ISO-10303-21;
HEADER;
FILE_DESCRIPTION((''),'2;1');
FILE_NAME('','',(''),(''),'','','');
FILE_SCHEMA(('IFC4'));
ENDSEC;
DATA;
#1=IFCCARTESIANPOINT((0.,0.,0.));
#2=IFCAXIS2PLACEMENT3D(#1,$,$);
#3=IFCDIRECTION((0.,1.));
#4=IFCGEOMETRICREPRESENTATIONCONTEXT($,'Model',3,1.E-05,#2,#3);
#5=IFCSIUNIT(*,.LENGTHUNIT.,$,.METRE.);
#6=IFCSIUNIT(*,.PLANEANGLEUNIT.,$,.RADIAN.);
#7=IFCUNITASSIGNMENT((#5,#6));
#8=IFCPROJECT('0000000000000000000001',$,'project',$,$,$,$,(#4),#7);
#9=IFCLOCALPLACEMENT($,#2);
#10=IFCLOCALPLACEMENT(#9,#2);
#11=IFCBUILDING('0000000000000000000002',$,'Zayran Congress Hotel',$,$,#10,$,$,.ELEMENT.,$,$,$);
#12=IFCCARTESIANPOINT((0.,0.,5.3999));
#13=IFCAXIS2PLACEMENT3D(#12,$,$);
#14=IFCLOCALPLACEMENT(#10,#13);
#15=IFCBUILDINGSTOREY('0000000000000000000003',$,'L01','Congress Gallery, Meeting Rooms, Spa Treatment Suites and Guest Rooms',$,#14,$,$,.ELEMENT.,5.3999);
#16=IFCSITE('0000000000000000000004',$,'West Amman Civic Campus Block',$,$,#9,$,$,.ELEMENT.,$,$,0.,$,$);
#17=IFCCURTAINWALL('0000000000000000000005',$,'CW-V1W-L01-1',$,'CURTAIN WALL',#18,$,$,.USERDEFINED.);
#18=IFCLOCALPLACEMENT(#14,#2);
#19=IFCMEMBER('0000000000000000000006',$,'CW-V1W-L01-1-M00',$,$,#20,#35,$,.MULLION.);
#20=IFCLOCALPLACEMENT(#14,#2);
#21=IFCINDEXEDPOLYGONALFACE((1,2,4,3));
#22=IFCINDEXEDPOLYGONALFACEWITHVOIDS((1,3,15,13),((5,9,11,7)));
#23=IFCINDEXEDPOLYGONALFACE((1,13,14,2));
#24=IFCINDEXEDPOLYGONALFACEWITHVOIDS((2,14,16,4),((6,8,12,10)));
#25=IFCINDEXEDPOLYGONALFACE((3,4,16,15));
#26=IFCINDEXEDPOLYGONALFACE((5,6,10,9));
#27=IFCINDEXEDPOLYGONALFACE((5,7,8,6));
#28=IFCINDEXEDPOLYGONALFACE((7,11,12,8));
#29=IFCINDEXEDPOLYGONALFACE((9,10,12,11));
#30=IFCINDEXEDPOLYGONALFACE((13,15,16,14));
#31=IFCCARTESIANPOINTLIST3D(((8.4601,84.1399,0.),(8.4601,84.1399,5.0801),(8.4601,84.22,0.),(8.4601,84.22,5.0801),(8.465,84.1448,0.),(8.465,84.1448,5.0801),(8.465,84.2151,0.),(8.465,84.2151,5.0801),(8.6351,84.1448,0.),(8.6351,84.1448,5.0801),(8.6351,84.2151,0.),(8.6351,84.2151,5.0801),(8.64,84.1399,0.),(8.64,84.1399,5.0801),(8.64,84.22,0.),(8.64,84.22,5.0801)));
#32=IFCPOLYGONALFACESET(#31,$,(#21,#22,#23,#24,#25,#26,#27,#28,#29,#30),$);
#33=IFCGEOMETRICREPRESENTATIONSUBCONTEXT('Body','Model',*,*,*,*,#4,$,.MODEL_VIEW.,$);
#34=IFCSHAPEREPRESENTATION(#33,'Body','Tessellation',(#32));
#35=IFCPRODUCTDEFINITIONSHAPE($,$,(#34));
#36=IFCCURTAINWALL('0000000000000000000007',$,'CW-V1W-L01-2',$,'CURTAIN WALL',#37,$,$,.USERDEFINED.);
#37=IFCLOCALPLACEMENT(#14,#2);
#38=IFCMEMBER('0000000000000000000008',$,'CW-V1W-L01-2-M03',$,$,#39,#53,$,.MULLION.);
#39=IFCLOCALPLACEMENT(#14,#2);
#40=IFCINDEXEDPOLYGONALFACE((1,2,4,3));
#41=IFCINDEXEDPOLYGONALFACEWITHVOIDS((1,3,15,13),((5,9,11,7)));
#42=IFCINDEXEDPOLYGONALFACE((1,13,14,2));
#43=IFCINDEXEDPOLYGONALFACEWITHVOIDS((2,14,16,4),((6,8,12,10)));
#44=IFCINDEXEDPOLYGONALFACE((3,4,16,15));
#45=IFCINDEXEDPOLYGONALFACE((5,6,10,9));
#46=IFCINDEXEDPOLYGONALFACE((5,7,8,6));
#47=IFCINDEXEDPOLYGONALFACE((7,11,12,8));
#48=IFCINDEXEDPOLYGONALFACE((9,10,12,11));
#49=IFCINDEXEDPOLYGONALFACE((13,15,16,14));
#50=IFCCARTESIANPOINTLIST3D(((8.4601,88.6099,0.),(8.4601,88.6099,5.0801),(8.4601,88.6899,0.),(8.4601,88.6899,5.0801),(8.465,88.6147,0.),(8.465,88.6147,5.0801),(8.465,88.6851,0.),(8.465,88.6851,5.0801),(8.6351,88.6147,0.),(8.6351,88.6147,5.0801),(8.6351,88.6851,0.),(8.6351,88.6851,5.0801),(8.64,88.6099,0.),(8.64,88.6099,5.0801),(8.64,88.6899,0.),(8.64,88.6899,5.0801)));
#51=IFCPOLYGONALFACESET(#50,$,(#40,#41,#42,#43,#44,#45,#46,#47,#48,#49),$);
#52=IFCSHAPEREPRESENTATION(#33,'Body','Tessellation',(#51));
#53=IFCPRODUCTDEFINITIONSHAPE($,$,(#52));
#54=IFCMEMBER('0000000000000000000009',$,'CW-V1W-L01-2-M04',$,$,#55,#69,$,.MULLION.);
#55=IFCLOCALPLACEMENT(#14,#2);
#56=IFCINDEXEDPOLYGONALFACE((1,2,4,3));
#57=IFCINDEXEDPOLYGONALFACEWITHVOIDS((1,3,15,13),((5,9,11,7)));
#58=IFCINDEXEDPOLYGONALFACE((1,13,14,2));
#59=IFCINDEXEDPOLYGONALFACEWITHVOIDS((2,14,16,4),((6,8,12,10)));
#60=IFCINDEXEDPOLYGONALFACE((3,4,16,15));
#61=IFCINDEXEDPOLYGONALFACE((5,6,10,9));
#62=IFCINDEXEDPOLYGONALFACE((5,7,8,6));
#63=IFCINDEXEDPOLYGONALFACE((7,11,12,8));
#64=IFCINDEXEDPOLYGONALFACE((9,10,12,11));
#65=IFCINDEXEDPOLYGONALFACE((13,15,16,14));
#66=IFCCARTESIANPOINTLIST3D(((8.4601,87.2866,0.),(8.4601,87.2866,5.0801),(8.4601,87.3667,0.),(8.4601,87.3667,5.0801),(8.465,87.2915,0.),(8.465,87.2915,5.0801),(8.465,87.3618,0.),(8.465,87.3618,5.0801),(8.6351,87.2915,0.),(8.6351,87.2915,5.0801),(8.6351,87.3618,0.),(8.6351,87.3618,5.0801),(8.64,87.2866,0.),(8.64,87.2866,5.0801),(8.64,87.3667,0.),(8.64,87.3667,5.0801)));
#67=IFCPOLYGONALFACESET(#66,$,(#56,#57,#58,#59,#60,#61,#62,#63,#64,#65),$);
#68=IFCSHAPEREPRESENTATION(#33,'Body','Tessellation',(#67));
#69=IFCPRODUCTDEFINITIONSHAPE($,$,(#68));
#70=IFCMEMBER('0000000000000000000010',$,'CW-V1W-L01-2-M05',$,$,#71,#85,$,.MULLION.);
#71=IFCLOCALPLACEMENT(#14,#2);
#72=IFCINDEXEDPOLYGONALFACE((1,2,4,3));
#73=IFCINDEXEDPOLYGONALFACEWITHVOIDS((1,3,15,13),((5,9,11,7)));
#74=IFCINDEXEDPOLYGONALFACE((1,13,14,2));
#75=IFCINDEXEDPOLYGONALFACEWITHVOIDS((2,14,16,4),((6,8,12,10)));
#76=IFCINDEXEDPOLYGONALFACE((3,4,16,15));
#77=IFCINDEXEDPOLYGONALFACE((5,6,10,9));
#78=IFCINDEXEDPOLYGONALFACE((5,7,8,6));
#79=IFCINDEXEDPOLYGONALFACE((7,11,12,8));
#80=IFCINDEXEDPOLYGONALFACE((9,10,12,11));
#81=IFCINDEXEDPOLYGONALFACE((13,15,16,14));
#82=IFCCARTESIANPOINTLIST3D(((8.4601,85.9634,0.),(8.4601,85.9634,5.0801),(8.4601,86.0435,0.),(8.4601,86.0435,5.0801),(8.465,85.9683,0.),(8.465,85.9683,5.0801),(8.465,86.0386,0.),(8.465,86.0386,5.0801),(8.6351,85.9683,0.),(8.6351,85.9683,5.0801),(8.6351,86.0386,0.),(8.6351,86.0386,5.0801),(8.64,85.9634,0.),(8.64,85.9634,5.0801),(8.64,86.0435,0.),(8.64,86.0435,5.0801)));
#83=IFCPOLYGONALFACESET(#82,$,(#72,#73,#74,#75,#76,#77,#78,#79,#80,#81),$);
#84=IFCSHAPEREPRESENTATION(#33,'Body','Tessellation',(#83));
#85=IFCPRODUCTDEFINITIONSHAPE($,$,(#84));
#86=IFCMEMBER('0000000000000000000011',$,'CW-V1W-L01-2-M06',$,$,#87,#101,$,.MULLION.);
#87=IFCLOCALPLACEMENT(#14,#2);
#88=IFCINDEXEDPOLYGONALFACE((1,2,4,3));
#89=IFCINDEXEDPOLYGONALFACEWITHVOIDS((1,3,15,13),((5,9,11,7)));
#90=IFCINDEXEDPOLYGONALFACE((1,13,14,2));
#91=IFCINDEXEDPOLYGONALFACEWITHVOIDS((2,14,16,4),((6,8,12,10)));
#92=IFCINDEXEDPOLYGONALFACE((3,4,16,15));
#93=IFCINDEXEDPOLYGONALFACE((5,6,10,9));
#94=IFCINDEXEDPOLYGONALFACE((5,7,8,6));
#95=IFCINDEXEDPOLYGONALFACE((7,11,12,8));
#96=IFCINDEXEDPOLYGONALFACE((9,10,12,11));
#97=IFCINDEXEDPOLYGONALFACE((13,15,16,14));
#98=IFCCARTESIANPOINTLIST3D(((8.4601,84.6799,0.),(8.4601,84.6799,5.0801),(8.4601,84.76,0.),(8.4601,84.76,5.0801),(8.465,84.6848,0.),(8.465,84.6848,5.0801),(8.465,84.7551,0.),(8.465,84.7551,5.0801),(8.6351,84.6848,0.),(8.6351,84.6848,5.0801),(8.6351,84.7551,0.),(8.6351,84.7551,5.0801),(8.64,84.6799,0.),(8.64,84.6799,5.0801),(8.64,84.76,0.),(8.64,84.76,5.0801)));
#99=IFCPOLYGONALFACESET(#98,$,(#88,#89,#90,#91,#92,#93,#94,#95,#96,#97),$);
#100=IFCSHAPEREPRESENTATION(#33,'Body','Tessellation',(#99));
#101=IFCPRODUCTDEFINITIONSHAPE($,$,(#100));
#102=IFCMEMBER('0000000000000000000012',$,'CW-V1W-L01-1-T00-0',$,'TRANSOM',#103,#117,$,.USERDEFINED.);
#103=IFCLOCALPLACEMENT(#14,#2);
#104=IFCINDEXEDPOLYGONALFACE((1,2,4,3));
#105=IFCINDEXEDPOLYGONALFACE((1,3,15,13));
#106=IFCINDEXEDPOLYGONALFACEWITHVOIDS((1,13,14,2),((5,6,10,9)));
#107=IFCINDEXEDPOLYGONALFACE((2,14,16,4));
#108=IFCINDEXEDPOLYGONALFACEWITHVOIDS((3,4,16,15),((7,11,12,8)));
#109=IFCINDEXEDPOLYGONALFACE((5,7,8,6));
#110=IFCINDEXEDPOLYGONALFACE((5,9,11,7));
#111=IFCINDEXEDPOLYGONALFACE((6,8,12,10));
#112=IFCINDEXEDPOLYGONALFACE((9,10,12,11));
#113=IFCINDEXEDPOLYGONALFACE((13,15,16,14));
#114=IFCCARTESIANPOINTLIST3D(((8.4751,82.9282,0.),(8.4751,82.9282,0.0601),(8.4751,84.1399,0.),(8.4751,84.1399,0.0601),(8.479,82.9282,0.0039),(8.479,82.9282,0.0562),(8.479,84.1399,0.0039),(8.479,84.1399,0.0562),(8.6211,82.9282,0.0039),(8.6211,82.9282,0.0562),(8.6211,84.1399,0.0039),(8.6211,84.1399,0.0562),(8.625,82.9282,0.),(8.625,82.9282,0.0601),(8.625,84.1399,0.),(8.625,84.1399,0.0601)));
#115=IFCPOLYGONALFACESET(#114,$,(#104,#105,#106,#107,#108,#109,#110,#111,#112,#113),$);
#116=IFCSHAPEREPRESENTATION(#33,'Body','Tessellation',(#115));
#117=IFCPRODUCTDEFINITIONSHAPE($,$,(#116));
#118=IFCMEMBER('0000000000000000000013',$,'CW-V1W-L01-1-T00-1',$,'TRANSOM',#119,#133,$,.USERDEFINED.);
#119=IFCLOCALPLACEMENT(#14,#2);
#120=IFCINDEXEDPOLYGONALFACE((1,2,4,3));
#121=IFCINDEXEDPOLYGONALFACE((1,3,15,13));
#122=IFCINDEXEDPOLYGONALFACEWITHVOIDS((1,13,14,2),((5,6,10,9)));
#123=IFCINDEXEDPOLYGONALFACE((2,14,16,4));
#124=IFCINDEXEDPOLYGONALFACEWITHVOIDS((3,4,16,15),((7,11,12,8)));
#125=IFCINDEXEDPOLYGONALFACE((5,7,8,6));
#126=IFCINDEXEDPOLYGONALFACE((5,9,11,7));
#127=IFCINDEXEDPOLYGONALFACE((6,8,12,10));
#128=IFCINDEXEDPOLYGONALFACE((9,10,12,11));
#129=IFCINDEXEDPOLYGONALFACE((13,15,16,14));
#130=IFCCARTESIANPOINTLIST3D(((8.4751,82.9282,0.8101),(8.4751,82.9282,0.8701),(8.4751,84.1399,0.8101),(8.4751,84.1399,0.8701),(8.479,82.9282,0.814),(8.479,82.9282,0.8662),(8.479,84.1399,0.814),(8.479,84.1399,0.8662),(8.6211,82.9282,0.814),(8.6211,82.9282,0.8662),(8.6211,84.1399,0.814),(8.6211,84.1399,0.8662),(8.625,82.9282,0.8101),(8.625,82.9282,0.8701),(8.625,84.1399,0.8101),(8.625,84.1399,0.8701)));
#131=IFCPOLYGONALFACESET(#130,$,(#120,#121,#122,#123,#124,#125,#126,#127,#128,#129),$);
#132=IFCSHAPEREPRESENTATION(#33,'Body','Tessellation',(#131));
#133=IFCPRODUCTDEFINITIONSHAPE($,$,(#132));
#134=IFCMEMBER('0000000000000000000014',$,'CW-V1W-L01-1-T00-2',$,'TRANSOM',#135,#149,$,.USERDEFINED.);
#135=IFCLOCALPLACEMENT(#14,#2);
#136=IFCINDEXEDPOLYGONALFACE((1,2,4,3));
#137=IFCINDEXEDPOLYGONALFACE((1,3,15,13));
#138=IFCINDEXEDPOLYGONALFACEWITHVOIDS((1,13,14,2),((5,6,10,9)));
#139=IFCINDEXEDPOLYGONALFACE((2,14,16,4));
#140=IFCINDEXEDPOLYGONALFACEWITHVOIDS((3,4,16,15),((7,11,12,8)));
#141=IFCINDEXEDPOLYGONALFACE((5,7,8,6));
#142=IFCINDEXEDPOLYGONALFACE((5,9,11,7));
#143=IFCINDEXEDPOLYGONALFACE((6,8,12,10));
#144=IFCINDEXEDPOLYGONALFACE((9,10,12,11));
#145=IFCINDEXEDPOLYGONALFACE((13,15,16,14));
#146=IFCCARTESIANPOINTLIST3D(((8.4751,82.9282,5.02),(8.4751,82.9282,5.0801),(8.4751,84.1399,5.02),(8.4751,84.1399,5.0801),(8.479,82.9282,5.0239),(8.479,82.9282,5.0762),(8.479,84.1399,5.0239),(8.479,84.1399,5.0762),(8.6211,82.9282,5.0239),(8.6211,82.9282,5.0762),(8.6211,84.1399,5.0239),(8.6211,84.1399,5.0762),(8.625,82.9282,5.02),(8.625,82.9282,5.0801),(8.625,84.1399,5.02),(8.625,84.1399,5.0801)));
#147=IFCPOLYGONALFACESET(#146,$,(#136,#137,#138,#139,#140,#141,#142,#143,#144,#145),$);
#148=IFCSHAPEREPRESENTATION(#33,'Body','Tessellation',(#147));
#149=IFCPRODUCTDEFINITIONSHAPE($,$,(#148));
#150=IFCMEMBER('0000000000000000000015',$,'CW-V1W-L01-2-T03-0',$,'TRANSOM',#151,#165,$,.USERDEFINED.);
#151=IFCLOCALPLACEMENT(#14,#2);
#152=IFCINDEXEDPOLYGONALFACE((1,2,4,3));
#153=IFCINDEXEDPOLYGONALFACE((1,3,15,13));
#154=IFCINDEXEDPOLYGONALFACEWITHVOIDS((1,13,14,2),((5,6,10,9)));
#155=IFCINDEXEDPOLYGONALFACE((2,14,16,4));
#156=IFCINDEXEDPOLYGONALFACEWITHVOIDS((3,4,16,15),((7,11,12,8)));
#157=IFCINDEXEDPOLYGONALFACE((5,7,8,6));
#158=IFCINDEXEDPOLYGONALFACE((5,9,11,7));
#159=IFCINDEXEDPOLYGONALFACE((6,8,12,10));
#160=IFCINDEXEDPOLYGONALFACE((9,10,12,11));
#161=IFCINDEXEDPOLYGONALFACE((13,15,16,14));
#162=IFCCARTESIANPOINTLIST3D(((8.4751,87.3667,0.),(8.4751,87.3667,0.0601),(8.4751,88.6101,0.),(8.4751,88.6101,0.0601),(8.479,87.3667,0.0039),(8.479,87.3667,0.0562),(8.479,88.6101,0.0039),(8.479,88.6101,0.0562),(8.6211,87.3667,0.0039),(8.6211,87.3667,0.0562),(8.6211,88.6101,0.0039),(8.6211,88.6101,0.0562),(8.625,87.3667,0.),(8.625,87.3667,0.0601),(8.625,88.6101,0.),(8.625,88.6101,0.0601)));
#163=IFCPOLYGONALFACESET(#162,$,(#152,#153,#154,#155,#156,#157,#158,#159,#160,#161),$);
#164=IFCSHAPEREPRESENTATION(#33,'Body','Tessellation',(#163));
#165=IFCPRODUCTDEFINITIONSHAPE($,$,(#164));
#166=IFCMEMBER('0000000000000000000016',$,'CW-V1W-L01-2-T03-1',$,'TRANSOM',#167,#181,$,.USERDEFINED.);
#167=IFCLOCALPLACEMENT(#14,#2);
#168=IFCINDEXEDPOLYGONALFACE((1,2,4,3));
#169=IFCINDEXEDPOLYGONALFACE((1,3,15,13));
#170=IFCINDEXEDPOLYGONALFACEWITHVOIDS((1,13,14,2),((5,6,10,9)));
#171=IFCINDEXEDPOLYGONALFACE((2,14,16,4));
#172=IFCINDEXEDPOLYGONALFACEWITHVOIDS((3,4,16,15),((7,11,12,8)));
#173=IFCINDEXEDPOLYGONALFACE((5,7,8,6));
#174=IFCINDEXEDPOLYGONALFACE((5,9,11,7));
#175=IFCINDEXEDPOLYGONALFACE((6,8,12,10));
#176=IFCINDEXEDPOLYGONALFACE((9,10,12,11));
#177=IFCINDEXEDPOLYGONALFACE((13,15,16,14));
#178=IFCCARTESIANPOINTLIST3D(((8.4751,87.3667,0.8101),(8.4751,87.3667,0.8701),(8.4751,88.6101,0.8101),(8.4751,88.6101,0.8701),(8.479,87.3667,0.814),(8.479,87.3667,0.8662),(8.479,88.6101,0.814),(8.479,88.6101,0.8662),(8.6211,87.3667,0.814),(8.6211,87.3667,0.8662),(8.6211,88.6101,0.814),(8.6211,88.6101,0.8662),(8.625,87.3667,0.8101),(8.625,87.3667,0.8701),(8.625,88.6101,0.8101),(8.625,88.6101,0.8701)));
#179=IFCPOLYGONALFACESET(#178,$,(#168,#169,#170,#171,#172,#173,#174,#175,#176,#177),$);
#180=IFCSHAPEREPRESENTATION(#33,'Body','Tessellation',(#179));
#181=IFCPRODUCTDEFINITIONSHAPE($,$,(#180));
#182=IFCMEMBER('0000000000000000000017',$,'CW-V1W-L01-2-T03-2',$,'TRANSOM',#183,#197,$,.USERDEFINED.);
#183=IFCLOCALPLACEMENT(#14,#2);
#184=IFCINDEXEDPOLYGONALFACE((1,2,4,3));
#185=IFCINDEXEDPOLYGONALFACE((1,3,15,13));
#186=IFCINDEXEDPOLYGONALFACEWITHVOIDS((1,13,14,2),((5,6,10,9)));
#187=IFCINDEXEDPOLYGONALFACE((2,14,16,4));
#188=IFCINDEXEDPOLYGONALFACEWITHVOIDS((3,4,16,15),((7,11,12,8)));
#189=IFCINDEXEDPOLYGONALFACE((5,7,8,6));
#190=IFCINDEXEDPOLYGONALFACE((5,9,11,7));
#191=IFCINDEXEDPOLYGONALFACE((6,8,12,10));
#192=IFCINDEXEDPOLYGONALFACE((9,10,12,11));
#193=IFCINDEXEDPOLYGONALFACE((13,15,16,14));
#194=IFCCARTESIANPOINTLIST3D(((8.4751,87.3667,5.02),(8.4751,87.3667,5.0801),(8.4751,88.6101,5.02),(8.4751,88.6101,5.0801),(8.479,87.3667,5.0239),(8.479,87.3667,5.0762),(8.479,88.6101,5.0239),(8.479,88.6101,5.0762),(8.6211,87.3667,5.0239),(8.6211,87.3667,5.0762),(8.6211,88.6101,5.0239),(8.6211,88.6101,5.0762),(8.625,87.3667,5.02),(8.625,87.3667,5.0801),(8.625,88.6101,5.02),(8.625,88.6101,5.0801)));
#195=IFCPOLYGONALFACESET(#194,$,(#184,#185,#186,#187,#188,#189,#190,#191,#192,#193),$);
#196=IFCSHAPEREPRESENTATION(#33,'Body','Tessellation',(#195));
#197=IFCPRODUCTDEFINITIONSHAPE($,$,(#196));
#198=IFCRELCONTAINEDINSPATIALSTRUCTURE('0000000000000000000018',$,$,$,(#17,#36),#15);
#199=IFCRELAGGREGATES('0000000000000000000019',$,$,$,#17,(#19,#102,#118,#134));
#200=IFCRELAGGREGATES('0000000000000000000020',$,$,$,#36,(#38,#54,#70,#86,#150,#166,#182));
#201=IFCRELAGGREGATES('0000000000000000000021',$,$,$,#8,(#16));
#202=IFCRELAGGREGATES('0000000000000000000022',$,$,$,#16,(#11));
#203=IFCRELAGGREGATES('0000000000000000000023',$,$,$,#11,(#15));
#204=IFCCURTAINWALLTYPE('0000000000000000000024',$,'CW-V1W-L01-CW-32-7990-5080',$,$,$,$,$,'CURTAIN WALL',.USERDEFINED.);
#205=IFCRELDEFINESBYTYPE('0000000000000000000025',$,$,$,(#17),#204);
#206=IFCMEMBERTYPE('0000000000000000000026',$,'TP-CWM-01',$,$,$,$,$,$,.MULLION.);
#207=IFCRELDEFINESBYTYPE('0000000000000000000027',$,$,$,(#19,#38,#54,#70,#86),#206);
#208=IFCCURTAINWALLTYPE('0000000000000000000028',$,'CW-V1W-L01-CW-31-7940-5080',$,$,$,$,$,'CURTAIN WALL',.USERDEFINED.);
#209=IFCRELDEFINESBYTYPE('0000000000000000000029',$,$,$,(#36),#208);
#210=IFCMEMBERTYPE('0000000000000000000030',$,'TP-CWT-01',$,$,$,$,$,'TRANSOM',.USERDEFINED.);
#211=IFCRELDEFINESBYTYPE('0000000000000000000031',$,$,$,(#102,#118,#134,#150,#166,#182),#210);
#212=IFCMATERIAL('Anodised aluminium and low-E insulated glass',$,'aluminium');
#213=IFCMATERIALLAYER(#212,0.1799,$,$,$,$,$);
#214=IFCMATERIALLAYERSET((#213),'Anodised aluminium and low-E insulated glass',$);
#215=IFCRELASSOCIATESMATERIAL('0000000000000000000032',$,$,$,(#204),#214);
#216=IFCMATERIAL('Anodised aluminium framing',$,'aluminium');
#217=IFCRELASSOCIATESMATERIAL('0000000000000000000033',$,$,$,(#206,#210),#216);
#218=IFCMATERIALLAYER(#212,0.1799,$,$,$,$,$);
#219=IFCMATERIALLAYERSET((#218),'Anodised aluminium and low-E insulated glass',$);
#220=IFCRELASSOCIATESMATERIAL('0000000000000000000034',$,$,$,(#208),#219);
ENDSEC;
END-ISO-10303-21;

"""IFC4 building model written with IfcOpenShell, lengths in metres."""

from ifc_helpers import new_model, si_unit, direction, frame, origin, origin_2d, place, context, subcontext, project, spatial, hollow_rectangle, extrude, material, layer, layer_set, material_profile, profile_set, type_object, element, aggregate, save


model = new_model("IFC4")

# Units and contexts
model_context = context("Model", 3, precision=1e-05, world=origin(), true_north=direction((0.0, 1.0)))
body_context = subcontext(model_context, "Body", "Model", "MODEL_VIEW")
ifc_project = project(units=[si_unit("LENGTHUNIT", "METRE"), si_unit("PLANEANGLEUNIT", "RADIAN")], contexts=[model_context])

# Site, building, storey
site_placement = place(None, origin())
site = spatial("IfcSite", under=ifc_project, at=site_placement, Name="West Amman Civic Campus Block", CompositionType="ELEMENT", RefElevation=0.0)
building_placement = place(site_placement, origin())
building = spatial("IfcBuilding", under=site, at=building_placement, Name="Zayran Congress Hotel", CompositionType="ELEMENT")
storey_placement = place(building_placement, frame((0.0, 0.0, 5.3999)))
storey = spatial("IfcBuildingStorey", under=building, at=storey_placement, Name="L01", Description="Congress Gallery, Meeting Rooms, Spa Treatment Suites and Guest Rooms", CompositionType="ELEMENT", Elevation=5.3999)

# Curtain wall, member
ifc_material_1 = material(Name="Anodised aluminium and low-E insulated glass", Category="aluminium")
ifc_layer_1 = layer(ifc_material_1, 0.1799)
ifc_layer_set_1 = layer_set([ifc_layer_1], Name="Anodised aluminium and low-E insulated glass")
curtain_wall_type_1 = type_object("IfcCurtainWallType", Name="CW-V1W-L01-CW-32-7990-5080", ElementType="CURTAIN WALL", PredefinedType="USERDEFINED", material=ifc_layer_set_1)
curtain_wall_1_placement = place(storey_placement, origin())
curtain_wall_1 = element("IfcCurtainWall", 1, at=curtain_wall_1_placement, inside=storey, type_object=curtain_wall_type_1, Name="CW-V1W-L01-1", ObjectType="CURTAIN WALL", PredefinedType="USERDEFINED")
ifc_material_2 = material(Name="Anodised aluminium framing", Category="aluminium")
ifc_material_profile_1 = material_profile(ifc_material_2, hollow_rectangle(XDim=0.0801, YDim=0.1799, WallThickness=0.0049, at=origin_2d()), Name="RHS 180x80x5")
ifc_profile_set_1 = profile_set([ifc_material_profile_1], Name="Anodised aluminium framing")
member_type_1 = type_object("IfcMemberType", Name="TP-CWM-01", PredefinedType="MULLION", material=ifc_profile_set_1)
member_1_placement = place(storey_placement, frame((8.55, 84.1799, 0.0), z_axis=(0.0, 0.0, 1.0), x_axis=(0.0, 1.0, 0.0)))
member_1 = element("IfcMember", 2, at=member_1_placement, type_object=member_type_1, Name="CW-V1W-L01-1-M00", PredefinedType="MULLION", context=body_context, shape_type="SweptSolid", body=[
    extrude(hollow_rectangle(XDim=0.0801, YDim=0.1799, WallThickness=0.0049, at=origin_2d()), origin(), (0.0, 0.0, 1.0), 5.0801),
])

# Curtain wall, members
ifc_layer_2 = layer(ifc_material_1, 0.1799)
ifc_layer_set_2 = layer_set([ifc_layer_2], Name="Anodised aluminium and low-E insulated glass")
curtain_wall_type_2 = type_object("IfcCurtainWallType", Name="CW-V1W-L01-CW-31-7940-5080", ElementType="CURTAIN WALL", PredefinedType="USERDEFINED", material=ifc_layer_set_2)
curtain_wall_2_placement = place(storey_placement, origin())
curtain_wall_2 = element("IfcCurtainWall", 3, at=curtain_wall_2_placement, inside=storey, type_object=curtain_wall_type_2, Name="CW-V1W-L01-2", ObjectType="CURTAIN WALL", PredefinedType="USERDEFINED")
member_2_placement = place(storey_placement, frame((8.55, 88.6499, 0.0), z_axis=(0.0, 0.0, 1.0), x_axis=(0.0, 1.0, 0.0)))
member_2 = element("IfcMember", 4, at=member_2_placement, type_object=member_type_1, Name="CW-V1W-L01-2-M03", PredefinedType="MULLION", context=body_context, shape_type="SweptSolid", body=[
    extrude(hollow_rectangle(XDim=0.0801, YDim=0.1799, WallThickness=0.0049, at=origin_2d()), origin(), (0.0, 0.0, 1.0), 5.0801),
])
member_3_placement = place(storey_placement, frame((8.55, 87.3267, 0.0), z_axis=(0.0, 0.0, 1.0), x_axis=(0.0, 1.0, 0.0)))
member_3 = element("IfcMember", 5, at=member_3_placement, type_object=member_type_1, Name="CW-V1W-L01-2-M04", PredefinedType="MULLION", context=body_context, shape_type="SweptSolid", body=[
    extrude(hollow_rectangle(XDim=0.0801, YDim=0.1799, WallThickness=0.0049, at=origin_2d()), origin(), (0.0, 0.0, 1.0), 5.0801),
])
member_4_placement = place(storey_placement, frame((8.55, 86.0034, 0.0), z_axis=(0.0, 0.0, 1.0), x_axis=(0.0, 1.0, 0.0)))
member_4 = element("IfcMember", 6, at=member_4_placement, type_object=member_type_1, Name="CW-V1W-L01-2-M05", PredefinedType="MULLION", context=body_context, shape_type="SweptSolid", body=[
    extrude(hollow_rectangle(XDim=0.0801, YDim=0.1799, WallThickness=0.0049, at=origin_2d()), origin(), (0.0, 0.0, 1.0), 5.0801),
])
member_5_placement = place(storey_placement, frame((8.55, 84.72, 0.0), z_axis=(0.0, 0.0, 1.0), x_axis=(0.0, 1.0, 0.0)))
member_5 = element("IfcMember", 7, at=member_5_placement, type_object=member_type_1, Name="CW-V1W-L01-2-M06", PredefinedType="MULLION", context=body_context, shape_type="SweptSolid", body=[
    extrude(hollow_rectangle(XDim=0.0801, YDim=0.1799, WallThickness=0.0049, at=origin_2d()), origin(), (0.0, 0.0, 1.0), 5.0801),
])

# Members
ifc_material_profile_2 = material_profile(ifc_material_2, hollow_rectangle(XDim=0.0601, YDim=0.1499, WallThickness=0.0039, at=origin_2d()), Name="RHS 150x60x4")
ifc_profile_set_2 = profile_set([ifc_material_profile_2], Name="Anodised aluminium framing")
member_type_2 = type_object("IfcMemberType", Name="TP-CWT-01", ElementType="TRANSOM", PredefinedType="USERDEFINED", material=ifc_profile_set_2)
member_6_placement = place(storey_placement, frame((8.55, 84.1399, 0.03), z_axis=(0.0, -1.0, 0.0), x_axis=(0.0, 0.0, 1.0)))
member_6 = element("IfcMember", 8, at=member_6_placement, type_object=member_type_2, Name="CW-V1W-L01-1-T00-0", ObjectType="TRANSOM", PredefinedType="USERDEFINED", context=body_context, shape_type="SweptSolid", body=[
    extrude(hollow_rectangle(XDim=0.0601, YDim=0.1499, WallThickness=0.0039, at=origin_2d()), origin(), (0.0, 0.0, 1.0), 1.2117),
])
member_7_placement = place(storey_placement, frame((8.55, 84.1399, 0.8401), z_axis=(0.0, -1.0, 0.0), x_axis=(0.0, 0.0, 1.0)))
member_7 = element("IfcMember", 9, at=member_7_placement, type_object=member_type_2, Name="CW-V1W-L01-1-T00-1", ObjectType="TRANSOM", PredefinedType="USERDEFINED", context=body_context, shape_type="SweptSolid", body=[
    extrude(hollow_rectangle(XDim=0.0601, YDim=0.1499, WallThickness=0.0039, at=origin_2d()), origin(), (0.0, 0.0, 1.0), 1.2117),
])
member_8_placement = place(storey_placement, frame((8.55, 84.1399, 5.05), z_axis=(0.0, -1.0, 0.0), x_axis=(0.0, 0.0, 1.0)))
member_8 = element("IfcMember", 10, at=member_8_placement, type_object=member_type_2, Name="CW-V1W-L01-1-T00-2", ObjectType="TRANSOM", PredefinedType="USERDEFINED", context=body_context, shape_type="SweptSolid", body=[
    extrude(hollow_rectangle(XDim=0.0601, YDim=0.1499, WallThickness=0.0039, at=origin_2d()), origin(), (0.0, 0.0, 1.0), 1.2117),
])
member_9_placement = place(storey_placement, frame((8.55, 88.6101, 0.03), z_axis=(0.0, -1.0, 0.0), x_axis=(0.0, 0.0, 1.0)))
member_9 = element("IfcMember", 11, at=member_9_placement, type_object=member_type_2, Name="CW-V1W-L01-2-T03-0", ObjectType="TRANSOM", PredefinedType="USERDEFINED", context=body_context, shape_type="SweptSolid", body=[
    extrude(hollow_rectangle(XDim=0.0601, YDim=0.1499, WallThickness=0.0039, at=origin_2d()), origin(), (0.0, 0.0, 1.0), 1.2434),
])
member_10_placement = place(storey_placement, frame((8.55, 88.6101, 0.8401), z_axis=(0.0, -1.0, 0.0), x_axis=(0.0, 0.0, 1.0)))
member_10 = element("IfcMember", 12, at=member_10_placement, type_object=member_type_2, Name="CW-V1W-L01-2-T03-1", ObjectType="TRANSOM", PredefinedType="USERDEFINED", context=body_context, shape_type="SweptSolid", body=[
    extrude(hollow_rectangle(XDim=0.0601, YDim=0.1499, WallThickness=0.0039, at=origin_2d()), origin(), (0.0, 0.0, 1.0), 1.2434),
])
member_11_placement = place(storey_placement, frame((8.55, 88.6101, 5.05), z_axis=(0.0, -1.0, 0.0), x_axis=(0.0, 0.0, 1.0)))
member_11 = element("IfcMember", 13, at=member_11_placement, type_object=member_type_2, Name="CW-V1W-L01-2-T03-2", ObjectType="TRANSOM", PredefinedType="USERDEFINED", context=body_context, shape_type="SweptSolid", body=[
    extrude(hollow_rectangle(XDim=0.0601, YDim=0.1499, WallThickness=0.0039, at=origin_2d()), origin(), (0.0, 0.0, 1.0), 1.2434),
])

aggregate(curtain_wall_1, [member_1, member_6, member_7, member_8])
aggregate(curtain_wall_2, [member_2, member_3, member_4, member_5, member_9, member_10, member_11])

save(model, "model.ifc")
